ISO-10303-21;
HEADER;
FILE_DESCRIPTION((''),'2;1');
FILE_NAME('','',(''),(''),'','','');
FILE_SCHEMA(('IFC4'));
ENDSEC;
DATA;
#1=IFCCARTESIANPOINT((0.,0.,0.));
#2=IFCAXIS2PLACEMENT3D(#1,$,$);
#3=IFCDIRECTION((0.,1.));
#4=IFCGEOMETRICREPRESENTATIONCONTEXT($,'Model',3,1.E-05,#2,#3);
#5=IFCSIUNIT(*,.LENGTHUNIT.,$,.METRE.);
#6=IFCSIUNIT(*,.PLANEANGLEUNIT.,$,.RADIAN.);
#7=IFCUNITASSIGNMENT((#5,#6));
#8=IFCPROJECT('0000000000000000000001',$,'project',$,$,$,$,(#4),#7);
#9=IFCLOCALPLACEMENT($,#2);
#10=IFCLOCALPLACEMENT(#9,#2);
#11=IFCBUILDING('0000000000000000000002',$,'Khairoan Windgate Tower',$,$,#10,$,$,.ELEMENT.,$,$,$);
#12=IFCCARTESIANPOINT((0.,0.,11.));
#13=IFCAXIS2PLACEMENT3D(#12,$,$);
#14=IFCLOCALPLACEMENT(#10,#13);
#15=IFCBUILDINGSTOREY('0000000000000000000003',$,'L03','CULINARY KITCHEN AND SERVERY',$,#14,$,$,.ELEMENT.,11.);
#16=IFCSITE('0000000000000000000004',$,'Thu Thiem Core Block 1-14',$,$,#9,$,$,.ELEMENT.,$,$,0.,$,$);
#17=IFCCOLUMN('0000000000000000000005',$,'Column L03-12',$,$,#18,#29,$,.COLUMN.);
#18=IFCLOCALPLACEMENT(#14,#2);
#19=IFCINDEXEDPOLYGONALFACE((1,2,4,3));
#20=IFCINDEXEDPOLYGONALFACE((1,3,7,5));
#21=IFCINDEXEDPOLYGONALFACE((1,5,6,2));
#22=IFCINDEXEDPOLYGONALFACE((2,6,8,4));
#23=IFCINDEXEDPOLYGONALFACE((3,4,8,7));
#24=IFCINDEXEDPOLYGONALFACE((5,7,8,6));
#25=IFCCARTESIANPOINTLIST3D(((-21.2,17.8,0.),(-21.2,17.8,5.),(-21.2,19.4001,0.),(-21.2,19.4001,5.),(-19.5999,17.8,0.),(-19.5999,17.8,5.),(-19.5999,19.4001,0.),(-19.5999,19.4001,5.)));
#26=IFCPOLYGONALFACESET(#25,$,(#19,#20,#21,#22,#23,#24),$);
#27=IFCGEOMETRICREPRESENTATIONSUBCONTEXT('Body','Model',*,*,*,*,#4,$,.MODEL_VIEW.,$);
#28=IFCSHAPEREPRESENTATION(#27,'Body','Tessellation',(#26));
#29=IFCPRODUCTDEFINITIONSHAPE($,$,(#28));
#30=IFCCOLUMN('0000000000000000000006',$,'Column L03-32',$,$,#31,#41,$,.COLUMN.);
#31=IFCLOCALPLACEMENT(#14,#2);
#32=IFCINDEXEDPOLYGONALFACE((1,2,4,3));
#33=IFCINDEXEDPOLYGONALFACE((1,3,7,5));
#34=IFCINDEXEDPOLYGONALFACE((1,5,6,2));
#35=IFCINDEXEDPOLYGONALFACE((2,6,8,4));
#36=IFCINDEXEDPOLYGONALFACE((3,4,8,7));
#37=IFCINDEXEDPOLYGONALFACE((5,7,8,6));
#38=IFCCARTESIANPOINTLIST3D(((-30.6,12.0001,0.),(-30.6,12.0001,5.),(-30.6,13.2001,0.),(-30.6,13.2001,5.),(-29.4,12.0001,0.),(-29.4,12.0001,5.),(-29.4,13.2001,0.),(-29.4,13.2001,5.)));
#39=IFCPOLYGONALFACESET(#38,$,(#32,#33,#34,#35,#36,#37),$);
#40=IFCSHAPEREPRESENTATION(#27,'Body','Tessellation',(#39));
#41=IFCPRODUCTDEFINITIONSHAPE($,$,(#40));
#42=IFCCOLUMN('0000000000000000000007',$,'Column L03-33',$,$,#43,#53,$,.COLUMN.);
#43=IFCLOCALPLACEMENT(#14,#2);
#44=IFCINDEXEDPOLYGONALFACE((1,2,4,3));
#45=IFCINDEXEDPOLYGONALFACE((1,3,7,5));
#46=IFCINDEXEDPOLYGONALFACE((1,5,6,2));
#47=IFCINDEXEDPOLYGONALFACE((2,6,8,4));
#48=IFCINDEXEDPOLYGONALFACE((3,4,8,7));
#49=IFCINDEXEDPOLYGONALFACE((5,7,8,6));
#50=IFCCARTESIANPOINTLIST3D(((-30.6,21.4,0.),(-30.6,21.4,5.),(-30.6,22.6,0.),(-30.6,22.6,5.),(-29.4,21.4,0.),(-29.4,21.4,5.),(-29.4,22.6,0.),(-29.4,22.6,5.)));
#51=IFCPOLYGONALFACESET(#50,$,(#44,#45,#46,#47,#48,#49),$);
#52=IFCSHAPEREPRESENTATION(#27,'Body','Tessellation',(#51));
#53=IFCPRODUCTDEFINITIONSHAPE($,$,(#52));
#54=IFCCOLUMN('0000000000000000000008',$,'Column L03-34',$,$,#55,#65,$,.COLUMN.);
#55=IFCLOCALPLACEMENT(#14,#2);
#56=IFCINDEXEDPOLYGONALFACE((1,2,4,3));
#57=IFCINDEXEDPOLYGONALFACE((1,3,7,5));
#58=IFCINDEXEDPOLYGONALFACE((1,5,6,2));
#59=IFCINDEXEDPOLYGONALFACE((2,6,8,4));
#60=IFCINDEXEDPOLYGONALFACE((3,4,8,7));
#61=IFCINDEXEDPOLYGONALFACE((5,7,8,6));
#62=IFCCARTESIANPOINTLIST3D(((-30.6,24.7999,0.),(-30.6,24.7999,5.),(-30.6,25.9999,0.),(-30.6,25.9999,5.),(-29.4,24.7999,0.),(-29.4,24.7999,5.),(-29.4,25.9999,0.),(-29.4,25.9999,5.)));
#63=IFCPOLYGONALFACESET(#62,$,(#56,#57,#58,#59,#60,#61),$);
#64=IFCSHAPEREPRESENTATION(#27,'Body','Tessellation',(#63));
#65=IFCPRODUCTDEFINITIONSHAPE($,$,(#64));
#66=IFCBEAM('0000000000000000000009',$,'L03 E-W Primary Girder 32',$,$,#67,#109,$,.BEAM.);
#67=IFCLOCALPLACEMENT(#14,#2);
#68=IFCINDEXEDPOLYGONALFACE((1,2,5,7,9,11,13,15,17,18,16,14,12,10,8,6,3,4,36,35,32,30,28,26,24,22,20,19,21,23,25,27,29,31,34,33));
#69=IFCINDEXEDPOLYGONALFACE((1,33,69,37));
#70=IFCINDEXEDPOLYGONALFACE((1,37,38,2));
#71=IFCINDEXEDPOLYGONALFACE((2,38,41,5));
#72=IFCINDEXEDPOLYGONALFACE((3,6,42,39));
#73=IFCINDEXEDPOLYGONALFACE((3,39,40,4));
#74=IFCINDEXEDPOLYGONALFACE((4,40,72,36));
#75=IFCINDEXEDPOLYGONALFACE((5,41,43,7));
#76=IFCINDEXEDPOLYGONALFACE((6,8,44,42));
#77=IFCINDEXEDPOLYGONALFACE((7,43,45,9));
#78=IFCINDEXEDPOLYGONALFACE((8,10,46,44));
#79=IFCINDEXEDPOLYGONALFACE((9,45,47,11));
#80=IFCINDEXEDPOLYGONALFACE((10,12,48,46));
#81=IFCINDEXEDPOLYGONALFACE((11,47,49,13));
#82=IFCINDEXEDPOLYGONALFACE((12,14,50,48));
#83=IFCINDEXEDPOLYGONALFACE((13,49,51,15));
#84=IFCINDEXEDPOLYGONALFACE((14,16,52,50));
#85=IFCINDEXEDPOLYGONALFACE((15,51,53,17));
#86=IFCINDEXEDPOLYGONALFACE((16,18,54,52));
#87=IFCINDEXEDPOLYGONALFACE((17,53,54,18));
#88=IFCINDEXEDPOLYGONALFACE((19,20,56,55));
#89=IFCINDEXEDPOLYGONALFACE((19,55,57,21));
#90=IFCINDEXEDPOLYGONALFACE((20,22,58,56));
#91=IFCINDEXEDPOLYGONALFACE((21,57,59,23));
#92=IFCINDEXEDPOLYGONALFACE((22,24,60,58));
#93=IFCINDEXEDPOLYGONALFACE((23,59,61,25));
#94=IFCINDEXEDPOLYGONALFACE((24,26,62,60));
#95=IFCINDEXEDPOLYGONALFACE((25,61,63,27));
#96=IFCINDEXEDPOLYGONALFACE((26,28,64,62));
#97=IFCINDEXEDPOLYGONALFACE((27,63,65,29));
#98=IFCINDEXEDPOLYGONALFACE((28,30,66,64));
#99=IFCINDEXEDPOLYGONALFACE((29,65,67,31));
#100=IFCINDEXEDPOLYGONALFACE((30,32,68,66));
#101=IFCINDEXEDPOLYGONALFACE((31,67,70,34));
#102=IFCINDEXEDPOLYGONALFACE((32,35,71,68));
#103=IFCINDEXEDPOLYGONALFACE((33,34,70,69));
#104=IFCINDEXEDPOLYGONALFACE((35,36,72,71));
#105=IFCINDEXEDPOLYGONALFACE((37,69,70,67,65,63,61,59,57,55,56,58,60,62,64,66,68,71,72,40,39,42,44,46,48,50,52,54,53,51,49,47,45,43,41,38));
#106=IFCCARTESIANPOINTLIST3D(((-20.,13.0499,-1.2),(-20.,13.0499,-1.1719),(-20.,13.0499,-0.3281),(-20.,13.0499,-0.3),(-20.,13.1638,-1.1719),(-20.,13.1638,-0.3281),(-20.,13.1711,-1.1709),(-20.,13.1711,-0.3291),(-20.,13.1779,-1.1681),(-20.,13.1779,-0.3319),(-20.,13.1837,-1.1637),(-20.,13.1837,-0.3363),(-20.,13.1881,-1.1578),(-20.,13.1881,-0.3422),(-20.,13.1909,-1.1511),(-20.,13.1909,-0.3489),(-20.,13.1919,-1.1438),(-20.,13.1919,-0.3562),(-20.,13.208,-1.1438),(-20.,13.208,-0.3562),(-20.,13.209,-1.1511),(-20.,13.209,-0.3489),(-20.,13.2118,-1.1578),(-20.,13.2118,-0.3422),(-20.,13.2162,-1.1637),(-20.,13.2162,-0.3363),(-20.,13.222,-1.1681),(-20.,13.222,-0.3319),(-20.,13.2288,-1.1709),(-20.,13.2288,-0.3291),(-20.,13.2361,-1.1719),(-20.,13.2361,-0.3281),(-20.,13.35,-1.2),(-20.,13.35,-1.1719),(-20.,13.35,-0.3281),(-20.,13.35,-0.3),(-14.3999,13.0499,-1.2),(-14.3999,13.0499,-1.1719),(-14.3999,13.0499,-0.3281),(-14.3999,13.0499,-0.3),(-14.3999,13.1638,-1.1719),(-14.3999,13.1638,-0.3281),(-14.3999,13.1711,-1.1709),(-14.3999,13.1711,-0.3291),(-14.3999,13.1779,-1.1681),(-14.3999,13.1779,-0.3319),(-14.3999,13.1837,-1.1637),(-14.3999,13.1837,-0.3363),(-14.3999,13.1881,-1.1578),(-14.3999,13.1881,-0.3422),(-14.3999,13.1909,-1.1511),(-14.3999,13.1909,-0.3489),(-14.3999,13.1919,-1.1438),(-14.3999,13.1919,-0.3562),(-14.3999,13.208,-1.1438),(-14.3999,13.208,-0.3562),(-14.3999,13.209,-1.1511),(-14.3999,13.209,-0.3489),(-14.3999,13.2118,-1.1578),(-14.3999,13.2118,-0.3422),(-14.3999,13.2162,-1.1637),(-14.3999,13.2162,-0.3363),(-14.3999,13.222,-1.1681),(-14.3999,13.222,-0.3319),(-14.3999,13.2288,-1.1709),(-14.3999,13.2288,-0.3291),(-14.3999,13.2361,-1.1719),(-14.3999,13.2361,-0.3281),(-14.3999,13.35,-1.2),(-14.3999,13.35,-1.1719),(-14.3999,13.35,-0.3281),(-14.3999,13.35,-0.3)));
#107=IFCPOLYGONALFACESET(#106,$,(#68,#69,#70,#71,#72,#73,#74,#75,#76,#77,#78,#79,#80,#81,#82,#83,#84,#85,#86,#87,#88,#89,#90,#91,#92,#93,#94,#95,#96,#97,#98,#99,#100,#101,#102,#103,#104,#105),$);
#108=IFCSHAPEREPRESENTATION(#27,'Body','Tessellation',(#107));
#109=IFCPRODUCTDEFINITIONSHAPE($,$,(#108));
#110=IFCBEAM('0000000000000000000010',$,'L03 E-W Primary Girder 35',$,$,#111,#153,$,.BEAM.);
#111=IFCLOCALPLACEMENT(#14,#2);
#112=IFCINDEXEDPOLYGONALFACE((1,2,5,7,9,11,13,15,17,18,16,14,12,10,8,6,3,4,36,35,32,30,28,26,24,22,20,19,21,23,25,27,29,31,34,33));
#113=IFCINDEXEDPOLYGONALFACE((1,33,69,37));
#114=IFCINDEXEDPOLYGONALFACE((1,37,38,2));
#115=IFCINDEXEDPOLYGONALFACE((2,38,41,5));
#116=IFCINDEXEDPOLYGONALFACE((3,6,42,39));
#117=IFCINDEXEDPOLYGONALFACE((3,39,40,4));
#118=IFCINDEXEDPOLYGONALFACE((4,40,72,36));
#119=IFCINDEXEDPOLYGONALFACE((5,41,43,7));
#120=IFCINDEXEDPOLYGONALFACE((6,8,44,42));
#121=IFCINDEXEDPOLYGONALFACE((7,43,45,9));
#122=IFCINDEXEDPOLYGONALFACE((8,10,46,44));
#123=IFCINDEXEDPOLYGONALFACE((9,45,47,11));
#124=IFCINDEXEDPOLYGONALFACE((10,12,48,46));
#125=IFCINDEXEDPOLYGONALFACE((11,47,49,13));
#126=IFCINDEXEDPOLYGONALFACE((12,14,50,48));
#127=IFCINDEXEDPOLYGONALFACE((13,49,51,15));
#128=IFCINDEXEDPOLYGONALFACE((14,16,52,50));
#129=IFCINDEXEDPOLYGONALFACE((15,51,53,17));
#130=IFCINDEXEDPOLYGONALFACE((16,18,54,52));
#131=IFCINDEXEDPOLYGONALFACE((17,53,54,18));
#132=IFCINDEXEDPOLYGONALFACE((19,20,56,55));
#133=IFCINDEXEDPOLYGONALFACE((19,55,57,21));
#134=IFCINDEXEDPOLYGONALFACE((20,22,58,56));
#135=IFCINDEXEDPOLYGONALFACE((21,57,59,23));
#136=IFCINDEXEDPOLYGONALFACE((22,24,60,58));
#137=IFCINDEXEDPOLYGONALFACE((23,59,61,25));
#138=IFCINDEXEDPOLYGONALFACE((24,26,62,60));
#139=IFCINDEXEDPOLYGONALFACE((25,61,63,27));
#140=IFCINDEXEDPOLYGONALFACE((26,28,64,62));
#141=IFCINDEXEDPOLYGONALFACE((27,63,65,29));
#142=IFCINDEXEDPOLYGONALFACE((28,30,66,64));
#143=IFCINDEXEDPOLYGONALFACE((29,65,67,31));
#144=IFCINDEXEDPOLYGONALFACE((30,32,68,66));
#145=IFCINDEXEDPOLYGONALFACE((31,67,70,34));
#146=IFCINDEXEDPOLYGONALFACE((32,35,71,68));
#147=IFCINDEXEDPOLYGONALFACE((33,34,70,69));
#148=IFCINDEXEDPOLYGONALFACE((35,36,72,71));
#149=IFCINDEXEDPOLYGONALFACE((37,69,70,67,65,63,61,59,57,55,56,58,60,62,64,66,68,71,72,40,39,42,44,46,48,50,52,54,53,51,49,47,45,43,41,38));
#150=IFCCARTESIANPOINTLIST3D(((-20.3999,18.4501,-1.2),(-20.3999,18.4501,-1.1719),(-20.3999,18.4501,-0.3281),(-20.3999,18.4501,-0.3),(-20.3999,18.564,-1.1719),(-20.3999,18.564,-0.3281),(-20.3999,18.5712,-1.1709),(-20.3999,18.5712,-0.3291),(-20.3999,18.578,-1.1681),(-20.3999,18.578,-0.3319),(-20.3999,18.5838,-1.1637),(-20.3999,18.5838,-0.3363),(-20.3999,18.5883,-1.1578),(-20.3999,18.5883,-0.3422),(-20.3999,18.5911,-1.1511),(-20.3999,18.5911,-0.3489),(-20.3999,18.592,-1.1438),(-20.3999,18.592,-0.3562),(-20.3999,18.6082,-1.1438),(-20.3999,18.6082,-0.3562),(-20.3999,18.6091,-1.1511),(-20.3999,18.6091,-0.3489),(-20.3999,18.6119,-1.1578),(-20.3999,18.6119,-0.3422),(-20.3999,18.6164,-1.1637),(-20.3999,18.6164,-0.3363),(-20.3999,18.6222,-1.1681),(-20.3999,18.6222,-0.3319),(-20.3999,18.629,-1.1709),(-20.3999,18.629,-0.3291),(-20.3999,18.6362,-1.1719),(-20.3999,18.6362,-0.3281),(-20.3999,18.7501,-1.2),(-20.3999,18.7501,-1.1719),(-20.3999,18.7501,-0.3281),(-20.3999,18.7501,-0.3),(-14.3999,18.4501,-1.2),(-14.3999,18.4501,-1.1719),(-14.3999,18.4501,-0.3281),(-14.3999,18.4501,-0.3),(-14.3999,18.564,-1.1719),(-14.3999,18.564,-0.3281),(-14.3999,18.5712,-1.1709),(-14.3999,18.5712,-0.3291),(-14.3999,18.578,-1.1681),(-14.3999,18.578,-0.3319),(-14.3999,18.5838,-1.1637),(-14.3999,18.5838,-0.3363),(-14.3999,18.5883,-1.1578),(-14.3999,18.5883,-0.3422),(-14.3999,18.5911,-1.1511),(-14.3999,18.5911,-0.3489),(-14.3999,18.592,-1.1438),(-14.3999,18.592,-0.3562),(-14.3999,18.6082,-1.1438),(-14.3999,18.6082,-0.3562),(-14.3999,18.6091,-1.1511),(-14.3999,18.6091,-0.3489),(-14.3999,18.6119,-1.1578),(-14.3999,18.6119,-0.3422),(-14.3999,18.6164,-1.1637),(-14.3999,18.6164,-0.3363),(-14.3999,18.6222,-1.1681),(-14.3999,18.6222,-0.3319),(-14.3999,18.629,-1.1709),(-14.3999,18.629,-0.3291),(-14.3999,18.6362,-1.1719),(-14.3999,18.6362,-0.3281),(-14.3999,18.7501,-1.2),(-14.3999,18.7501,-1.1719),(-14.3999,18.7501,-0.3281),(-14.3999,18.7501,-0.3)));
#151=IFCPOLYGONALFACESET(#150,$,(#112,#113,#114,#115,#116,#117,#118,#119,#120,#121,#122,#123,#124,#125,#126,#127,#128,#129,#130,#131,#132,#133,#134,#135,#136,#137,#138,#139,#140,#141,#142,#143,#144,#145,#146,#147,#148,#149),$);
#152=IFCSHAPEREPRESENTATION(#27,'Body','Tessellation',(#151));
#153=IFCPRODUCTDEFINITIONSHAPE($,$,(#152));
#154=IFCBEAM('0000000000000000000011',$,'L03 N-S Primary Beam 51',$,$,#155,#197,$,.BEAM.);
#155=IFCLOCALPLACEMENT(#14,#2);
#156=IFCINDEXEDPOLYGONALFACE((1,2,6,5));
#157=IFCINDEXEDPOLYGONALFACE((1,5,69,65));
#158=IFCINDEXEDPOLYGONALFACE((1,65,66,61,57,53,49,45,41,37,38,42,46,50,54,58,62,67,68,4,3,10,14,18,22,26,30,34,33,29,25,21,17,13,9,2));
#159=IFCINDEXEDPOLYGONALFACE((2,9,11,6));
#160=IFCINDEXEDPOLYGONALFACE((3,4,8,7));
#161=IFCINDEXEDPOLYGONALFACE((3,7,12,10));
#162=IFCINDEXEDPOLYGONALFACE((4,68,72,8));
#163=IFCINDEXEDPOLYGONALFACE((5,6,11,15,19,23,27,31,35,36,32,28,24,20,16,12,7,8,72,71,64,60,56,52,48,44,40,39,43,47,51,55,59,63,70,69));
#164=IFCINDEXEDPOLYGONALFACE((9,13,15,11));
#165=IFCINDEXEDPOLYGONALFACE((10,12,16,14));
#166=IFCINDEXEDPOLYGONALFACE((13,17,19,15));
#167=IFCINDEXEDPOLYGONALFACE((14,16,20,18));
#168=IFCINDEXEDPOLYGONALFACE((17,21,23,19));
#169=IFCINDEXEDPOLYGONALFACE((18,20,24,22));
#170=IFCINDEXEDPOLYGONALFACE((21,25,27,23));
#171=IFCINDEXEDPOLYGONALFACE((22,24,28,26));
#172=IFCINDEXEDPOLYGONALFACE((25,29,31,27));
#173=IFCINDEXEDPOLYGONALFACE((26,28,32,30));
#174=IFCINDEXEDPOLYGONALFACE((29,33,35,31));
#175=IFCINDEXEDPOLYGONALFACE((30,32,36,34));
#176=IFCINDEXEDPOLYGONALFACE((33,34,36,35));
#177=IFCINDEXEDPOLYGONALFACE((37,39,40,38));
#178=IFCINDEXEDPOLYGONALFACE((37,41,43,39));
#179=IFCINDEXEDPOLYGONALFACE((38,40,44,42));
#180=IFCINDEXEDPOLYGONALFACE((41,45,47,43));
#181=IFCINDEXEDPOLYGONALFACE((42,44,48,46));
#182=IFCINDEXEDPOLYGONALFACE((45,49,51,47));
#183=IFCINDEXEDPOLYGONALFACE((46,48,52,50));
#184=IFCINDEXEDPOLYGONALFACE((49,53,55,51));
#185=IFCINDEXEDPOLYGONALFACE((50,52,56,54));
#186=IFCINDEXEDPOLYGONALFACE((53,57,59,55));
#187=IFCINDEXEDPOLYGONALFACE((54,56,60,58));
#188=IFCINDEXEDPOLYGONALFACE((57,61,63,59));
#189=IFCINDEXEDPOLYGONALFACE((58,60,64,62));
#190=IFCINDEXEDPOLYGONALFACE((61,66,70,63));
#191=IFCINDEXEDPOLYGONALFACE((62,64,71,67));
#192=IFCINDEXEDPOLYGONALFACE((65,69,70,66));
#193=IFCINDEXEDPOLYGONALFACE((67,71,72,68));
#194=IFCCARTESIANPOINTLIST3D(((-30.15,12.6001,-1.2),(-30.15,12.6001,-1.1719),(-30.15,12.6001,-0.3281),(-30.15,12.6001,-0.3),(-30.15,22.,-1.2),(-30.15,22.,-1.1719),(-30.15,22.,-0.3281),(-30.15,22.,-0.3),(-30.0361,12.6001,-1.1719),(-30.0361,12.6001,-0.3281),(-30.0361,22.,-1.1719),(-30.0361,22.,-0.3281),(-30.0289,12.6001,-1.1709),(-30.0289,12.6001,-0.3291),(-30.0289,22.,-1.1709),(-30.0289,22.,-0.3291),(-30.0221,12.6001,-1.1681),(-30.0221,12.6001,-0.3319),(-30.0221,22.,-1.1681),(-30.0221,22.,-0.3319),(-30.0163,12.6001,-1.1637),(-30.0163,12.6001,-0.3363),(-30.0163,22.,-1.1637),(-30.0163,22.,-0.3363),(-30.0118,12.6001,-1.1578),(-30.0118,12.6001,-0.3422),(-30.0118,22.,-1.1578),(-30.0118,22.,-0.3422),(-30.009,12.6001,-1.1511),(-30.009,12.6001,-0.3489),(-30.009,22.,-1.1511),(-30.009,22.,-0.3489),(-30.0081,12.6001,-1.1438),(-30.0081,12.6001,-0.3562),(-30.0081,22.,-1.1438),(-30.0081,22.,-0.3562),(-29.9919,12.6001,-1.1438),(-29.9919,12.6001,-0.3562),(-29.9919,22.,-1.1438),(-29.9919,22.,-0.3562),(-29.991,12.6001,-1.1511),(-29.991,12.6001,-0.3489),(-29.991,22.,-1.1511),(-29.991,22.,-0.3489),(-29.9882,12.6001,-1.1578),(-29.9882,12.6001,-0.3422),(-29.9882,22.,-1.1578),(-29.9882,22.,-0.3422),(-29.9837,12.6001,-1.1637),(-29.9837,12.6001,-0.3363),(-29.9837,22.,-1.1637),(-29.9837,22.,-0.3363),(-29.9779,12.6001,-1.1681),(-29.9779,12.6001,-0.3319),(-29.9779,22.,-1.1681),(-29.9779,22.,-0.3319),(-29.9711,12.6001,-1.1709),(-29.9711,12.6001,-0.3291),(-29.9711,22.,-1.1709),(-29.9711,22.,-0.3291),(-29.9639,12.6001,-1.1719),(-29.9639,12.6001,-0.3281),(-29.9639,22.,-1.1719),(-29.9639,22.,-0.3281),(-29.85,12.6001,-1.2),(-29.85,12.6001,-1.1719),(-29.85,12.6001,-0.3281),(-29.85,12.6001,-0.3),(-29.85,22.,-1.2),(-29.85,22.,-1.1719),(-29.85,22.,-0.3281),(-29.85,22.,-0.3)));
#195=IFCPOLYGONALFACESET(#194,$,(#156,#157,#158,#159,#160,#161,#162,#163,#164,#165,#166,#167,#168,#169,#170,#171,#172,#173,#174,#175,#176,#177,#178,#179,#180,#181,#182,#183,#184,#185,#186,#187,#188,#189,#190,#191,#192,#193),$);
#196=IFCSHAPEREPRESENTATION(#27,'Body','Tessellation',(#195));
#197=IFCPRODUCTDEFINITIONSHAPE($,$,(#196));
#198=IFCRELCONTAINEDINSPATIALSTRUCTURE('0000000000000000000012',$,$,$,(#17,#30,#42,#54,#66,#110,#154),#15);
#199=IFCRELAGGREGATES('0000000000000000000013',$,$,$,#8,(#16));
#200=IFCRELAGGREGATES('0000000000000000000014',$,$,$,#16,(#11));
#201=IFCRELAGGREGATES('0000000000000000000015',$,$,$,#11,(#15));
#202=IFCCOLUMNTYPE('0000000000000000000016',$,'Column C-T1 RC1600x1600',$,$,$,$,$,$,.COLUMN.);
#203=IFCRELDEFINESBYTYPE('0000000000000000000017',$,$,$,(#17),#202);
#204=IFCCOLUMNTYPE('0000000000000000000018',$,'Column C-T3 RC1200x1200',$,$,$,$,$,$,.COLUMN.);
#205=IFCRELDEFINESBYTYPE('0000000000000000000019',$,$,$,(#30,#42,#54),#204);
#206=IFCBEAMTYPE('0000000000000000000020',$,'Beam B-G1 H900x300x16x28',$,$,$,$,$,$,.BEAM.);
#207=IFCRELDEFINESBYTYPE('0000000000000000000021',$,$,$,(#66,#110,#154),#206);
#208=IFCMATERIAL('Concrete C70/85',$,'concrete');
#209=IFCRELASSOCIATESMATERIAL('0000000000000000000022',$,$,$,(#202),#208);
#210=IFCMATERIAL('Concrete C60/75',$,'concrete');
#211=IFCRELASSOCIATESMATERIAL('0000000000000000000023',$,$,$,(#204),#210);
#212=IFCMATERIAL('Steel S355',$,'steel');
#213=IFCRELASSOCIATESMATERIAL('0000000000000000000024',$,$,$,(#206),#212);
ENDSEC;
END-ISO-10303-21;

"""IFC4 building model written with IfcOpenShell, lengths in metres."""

from ifc_helpers import new_model, si_unit, direction, frame, origin, origin_2d, place, context, subcontext, project, spatial, rectangle, i_section, extrude, material, material_profile, profile_set, type_object, element, save


model = new_model("IFC4")

# Units and contexts
model_context = context("Model", 3, precision=1e-05, world=origin(), true_north=direction((0.0, 1.0)))
body_context = subcontext(model_context, "Body", "Model", "MODEL_VIEW")
ifc_project = project(units=[si_unit("LENGTHUNIT", "METRE"), si_unit("PLANEANGLEUNIT", "RADIAN")], contexts=[model_context])

# Site, building, storey
site_placement = place(None, origin())
site = spatial("IfcSite", under=ifc_project, at=site_placement, Name="Thu Thiem Core Block 1-14", CompositionType="ELEMENT", RefElevation=0.0)
building_placement = place(site_placement, origin())
building = spatial("IfcBuilding", under=site, at=building_placement, Name="Khairoan Windgate Tower", CompositionType="ELEMENT")
storey_placement = place(building_placement, frame((0.0, 0.0, 11.0)))
storey = spatial("IfcBuildingStorey", under=building, at=storey_placement, Name="L03", Description="CULINARY KITCHEN AND SERVERY", CompositionType="ELEMENT", Elevation=11.0)

# Columns
ifc_material_1 = material(Name="Concrete C70/85", Category="concrete")
ifc_material_profile_1 = material_profile(ifc_material_1, rectangle(XDim=1.6001, YDim=1.6001, at=origin_2d()))
ifc_profile_set_1 = profile_set([ifc_material_profile_1], Name="Concrete C70/85")
column_type_1 = type_object("IfcColumnType", Name="Column C-T1 RC1600x1600", PredefinedType="COLUMN", material=ifc_profile_set_1)
column_placement = place(storey_placement, frame((-20.3999, 18.6001, 0.0), z_axis=(0.0, 0.0, 1.0), x_axis=(1.0, 0.0, 0.0)))
element("IfcColumn", 1, at=column_placement, inside=storey, type_object=column_type_1, Name="Column L03-12", PredefinedType="COLUMN", context=body_context, shape_type="SweptSolid", body=[
    extrude(rectangle(XDim=1.6001, YDim=1.6001, at=origin_2d()), origin(), (0.0, 0.0, 1.0), 5.0),
])
ifc_material_2 = material(Name="Concrete C60/75", Category="concrete")
ifc_material_profile_2 = material_profile(ifc_material_2, rectangle(XDim=1.2, YDim=1.2, at=origin_2d()))
ifc_profile_set_2 = profile_set([ifc_material_profile_2], Name="Concrete C60/75")
column_type_2 = type_object("IfcColumnType", Name="Column C-T3 RC1200x1200", PredefinedType="COLUMN", material=ifc_profile_set_2)
for number, where, z_axis, x_axis, name in (
    (2, (-30.0, 12.6001, 0.0), (0.0, 0.0, 1.0), (1.0, 0.0, 0.0), "Column L03-32"),
    (3, (-30.0, 22.0, 0.0), (0.0, 0.0, 1.0), (1.0, 0.0, 0.0), "Column L03-33"),
    (4, (-30.0, 25.3999, 0.0), (0.0, 0.0, 1.0), (1.0, 0.0, 0.0), "Column L03-34"),
):
    element("IfcColumn", number, at=place(storey_placement, frame(where, z_axis=z_axis, x_axis=x_axis)), inside=storey, type_object=column_type_2, Name=name, PredefinedType="COLUMN", context=body_context, shape_type="SweptSolid", body=[
        extrude(rectangle(XDim=1.2, YDim=1.2, at=origin_2d()), origin(), (0.0, 0.0, 1.0), 5.0),
    ])

# Beams
ifc_material_3 = material(Name="Steel S355", Category="steel")
ifc_material_profile_3 = material_profile(ifc_material_3, i_section(OverallWidth=0.3, OverallDepth=0.8999, WebThickness=0.0161, FlangeThickness=0.0281, FilletRadius=0.0281, at=origin_2d()))
ifc_profile_set_3 = profile_set([ifc_material_profile_3], Name="Steel S355")
beam_type_1 = type_object("IfcBeamType", Name="Beam B-G1 H900x300x16x28", PredefinedType="BEAM", material=ifc_profile_set_3)
beam_1_placement = place(storey_placement, frame((-20.0, 13.2, -0.75), z_axis=(1.0, 0.0, 0.0), x_axis=(0.0, 1.0, 0.0)))
element("IfcBeam", 5, at=beam_1_placement, inside=storey, type_object=beam_type_1, Name="L03 E-W Primary Girder 32", PredefinedType="BEAM", context=body_context, shape_type="SweptSolid", body=[
    extrude(i_section(OverallWidth=0.3, OverallDepth=0.8999, WebThickness=0.0161, FlangeThickness=0.0281, FilletRadius=0.0281, at=origin_2d()), origin(), (0.0, 0.0, 1.0), 5.6001),
])
beam_2_placement = place(storey_placement, frame((-20.3999, 18.6001, -0.75), z_axis=(1.0, 0.0, 0.0), x_axis=(0.0, 1.0, 0.0)))
element("IfcBeam", 6, at=beam_2_placement, inside=storey, type_object=beam_type_1, Name="L03 E-W Primary Girder 35", PredefinedType="BEAM", context=body_context, shape_type="SweptSolid", body=[
    extrude(i_section(OverallWidth=0.3, OverallDepth=0.8999, WebThickness=0.0161, FlangeThickness=0.0281, FilletRadius=0.0281, at=origin_2d()), origin(), (0.0, 0.0, 1.0), 6.0),
])
beam_3_placement = place(storey_placement, frame((-30.0, 12.6001, -0.75), z_axis=(0.0, 1.0, 0.0), x_axis=(-1.0, 0.0, 0.0)))
element("IfcBeam", 7, at=beam_3_placement, inside=storey, type_object=beam_type_1, Name="L03 N-S Primary Beam 51", PredefinedType="BEAM", context=body_context, shape_type="SweptSolid", body=[
    extrude(i_section(OverallWidth=0.3, OverallDepth=0.8999, WebThickness=0.0161, FlangeThickness=0.0281, FilletRadius=0.0281, at=origin_2d()), origin(), (0.0, 0.0, 1.0), 9.3999),
])

save(model, "model.ifc")
